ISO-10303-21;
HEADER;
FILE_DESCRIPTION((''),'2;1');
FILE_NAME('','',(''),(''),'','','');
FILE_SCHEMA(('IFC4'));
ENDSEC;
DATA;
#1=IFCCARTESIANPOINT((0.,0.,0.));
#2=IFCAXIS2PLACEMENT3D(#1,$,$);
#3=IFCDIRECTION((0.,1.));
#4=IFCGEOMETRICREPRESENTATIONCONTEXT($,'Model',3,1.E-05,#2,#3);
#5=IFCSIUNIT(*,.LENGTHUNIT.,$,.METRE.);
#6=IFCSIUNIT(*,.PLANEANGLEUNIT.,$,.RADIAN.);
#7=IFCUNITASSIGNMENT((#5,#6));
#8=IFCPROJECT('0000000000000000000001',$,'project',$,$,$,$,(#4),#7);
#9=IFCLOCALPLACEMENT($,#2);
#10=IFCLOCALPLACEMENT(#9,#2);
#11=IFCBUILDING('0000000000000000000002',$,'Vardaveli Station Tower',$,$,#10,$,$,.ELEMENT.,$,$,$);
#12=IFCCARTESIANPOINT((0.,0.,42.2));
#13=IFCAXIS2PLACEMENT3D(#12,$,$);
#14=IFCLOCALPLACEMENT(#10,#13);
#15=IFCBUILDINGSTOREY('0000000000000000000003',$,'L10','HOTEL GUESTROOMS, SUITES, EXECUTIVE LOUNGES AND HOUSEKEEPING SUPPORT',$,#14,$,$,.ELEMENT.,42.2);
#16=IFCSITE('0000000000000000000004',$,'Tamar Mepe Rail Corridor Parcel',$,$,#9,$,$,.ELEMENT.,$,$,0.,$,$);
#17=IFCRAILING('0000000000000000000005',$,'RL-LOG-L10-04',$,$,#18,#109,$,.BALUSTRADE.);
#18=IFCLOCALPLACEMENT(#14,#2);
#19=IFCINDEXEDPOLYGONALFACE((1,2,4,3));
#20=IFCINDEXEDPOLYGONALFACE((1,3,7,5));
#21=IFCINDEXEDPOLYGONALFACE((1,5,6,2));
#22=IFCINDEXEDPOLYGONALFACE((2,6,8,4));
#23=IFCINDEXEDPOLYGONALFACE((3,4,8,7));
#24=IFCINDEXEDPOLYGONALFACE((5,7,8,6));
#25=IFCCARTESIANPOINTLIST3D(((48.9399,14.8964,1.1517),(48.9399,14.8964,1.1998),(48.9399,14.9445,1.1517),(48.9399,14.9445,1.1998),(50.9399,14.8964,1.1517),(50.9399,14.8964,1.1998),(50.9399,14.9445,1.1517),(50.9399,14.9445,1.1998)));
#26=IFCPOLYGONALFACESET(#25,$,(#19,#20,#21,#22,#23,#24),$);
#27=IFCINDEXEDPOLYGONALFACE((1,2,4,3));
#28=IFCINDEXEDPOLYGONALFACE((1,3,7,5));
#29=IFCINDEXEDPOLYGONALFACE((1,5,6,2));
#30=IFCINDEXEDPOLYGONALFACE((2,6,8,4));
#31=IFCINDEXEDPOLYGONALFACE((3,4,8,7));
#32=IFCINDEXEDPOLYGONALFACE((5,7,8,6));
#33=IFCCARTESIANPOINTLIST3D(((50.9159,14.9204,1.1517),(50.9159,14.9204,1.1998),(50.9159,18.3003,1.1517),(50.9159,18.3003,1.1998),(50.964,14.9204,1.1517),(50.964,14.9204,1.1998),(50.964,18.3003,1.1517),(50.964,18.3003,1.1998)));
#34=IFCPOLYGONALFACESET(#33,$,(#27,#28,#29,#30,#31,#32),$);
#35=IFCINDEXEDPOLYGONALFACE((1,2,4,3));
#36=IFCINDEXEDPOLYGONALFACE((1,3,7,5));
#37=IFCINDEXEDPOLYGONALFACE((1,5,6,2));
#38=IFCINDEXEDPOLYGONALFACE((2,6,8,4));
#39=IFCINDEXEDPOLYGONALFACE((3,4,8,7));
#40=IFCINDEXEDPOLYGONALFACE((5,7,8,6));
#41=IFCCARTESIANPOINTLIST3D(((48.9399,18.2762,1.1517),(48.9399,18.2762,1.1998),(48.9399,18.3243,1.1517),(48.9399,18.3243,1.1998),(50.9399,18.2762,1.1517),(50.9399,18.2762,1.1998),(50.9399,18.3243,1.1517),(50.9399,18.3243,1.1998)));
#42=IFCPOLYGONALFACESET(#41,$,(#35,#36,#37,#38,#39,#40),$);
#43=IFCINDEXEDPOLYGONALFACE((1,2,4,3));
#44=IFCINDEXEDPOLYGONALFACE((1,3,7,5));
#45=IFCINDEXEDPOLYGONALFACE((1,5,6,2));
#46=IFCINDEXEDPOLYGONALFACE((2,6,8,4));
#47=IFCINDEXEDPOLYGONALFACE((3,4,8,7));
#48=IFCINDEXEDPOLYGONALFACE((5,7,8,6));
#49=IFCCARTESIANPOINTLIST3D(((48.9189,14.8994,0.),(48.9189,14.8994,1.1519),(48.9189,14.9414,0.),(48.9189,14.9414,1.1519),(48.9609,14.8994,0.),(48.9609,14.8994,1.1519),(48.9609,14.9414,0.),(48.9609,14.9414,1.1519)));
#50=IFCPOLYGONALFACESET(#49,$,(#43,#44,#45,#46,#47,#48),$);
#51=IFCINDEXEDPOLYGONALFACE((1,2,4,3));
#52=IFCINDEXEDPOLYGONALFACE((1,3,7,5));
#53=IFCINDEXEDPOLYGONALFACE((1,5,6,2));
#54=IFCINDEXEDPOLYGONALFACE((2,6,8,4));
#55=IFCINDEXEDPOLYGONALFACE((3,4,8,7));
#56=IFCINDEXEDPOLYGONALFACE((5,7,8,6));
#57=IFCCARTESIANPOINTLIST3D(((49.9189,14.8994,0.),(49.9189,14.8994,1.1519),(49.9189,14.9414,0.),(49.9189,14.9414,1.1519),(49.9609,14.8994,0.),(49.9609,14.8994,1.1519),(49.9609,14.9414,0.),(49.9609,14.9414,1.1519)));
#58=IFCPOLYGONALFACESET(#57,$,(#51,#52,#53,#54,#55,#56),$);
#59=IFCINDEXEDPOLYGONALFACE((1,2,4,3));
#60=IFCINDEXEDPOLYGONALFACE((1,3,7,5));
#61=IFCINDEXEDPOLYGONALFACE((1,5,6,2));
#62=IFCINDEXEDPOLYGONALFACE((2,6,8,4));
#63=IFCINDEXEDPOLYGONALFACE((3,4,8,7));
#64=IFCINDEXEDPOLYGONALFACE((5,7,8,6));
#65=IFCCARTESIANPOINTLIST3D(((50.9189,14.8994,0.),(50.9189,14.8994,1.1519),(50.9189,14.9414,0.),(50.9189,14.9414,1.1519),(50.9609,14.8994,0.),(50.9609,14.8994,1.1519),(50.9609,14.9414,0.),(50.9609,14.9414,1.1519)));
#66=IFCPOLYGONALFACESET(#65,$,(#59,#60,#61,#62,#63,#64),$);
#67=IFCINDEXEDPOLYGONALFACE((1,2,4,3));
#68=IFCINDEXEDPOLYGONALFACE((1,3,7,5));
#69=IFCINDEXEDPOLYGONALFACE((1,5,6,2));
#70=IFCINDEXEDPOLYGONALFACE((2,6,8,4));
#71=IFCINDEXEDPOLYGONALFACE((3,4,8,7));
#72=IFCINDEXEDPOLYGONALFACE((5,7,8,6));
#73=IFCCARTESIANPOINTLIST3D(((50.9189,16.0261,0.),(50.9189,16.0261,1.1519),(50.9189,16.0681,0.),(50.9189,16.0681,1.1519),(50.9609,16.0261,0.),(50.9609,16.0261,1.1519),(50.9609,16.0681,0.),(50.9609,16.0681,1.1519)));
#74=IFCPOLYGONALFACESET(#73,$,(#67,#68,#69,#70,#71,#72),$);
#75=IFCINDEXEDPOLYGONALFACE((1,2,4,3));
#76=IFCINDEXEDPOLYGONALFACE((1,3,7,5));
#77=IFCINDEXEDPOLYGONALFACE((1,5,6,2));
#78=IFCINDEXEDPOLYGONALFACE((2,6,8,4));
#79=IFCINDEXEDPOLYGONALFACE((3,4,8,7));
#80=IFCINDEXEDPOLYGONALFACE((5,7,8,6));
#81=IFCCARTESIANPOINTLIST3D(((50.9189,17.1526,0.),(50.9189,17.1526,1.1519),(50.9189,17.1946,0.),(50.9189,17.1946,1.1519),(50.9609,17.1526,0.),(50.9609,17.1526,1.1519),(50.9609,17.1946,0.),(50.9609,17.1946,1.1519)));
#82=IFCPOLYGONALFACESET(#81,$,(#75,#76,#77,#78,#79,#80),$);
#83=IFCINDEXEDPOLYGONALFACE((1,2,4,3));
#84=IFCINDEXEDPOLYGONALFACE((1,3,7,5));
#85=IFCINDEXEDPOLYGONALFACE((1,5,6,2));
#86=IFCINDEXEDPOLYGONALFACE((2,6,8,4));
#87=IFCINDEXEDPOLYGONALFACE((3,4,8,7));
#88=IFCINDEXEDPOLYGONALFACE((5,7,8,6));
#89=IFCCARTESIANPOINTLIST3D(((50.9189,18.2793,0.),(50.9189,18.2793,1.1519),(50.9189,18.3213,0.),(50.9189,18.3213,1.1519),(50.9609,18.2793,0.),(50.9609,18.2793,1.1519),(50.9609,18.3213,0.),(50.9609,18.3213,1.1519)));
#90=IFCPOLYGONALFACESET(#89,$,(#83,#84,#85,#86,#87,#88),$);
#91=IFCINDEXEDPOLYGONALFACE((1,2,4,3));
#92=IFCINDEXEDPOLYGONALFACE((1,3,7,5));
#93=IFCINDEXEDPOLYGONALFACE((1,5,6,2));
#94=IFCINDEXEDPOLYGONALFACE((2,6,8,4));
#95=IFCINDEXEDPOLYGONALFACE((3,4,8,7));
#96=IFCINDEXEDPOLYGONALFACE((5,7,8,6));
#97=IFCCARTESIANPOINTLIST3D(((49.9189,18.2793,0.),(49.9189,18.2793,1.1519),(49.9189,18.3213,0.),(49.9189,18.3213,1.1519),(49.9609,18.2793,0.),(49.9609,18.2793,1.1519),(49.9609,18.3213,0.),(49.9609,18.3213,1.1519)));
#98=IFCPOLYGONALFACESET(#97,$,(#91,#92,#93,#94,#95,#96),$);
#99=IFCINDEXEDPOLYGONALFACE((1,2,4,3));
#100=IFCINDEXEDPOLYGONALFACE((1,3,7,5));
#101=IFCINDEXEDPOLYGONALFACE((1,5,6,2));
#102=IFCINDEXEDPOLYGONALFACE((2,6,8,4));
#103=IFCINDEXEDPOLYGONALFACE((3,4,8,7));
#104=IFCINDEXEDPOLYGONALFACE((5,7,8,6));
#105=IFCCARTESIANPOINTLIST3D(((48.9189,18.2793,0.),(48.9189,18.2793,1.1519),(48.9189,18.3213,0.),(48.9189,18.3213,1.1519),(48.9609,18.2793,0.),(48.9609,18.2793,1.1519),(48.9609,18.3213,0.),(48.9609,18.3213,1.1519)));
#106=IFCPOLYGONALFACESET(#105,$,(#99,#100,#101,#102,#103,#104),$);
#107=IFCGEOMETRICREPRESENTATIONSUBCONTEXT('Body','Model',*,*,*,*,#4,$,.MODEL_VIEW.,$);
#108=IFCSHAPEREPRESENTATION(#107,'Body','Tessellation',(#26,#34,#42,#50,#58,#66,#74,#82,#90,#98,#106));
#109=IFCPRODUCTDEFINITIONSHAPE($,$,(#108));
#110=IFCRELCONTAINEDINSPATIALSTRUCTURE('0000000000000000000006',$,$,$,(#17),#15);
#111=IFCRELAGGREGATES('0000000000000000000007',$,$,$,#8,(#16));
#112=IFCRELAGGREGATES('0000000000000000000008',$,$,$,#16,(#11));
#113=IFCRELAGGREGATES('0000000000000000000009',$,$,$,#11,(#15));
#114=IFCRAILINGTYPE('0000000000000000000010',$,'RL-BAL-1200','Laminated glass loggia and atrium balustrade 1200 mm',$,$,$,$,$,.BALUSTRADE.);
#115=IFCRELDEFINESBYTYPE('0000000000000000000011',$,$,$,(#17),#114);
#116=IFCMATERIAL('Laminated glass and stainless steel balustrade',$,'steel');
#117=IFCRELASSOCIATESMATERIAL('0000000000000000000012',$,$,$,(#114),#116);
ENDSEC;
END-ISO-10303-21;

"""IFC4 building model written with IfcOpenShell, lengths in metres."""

from ifc_helpers import new_model, si_unit, direction, frame, origin, origin_2d, place, context, subcontext, project, spatial, rectangle, extrude, source, transform, mapped, material, type_object, element, save


model = new_model("IFC4")

# Units and contexts
model_context = context("Model", 3, precision=1e-05, world=origin(), true_north=direction((0.0, 1.0)))
body_context = subcontext(model_context, "Body", "Model", "MODEL_VIEW")
ifc_project = project(units=[si_unit("LENGTHUNIT", "METRE"), si_unit("PLANEANGLEUNIT", "RADIAN")], contexts=[model_context])

# Site, building, storey
site_placement = place(None, origin())
site = spatial("IfcSite", under=ifc_project, at=site_placement, Name="Tamar Mepe Rail Corridor Parcel", CompositionType="ELEMENT", RefElevation=0.0)
building_placement = place(site_placement, origin())
building = spatial("IfcBuilding", under=site, at=building_placement, Name="Vardaveli Station Tower", CompositionType="ELEMENT")
storey_placement = place(building_placement, frame((0.0, 0.0, 42.2)))
storey = spatial("IfcBuildingStorey", under=building, at=storey_placement, Name="L10", Description="HOTEL GUESTROOMS, SUITES, EXECUTIVE LOUNGES AND HOUSEKEEPING SUPPORT", CompositionType="ELEMENT", Elevation=42.2)

# Railing
ifc_material_1 = material(Name="Laminated glass and stainless steel balustrade", Category="steel")
railing_type = type_object("IfcRailingType", Name="RL-BAL-1200", Description="Laminated glass loggia and atrium balustrade 1200 mm", PredefinedType="BALUSTRADE", material=ifc_material_1)
shared_shape_1 = source(origin(), body_context, "Body", "SweptSolid", [
    extrude(rectangle(XDim=0.0481, YDim=0.0481, at=origin_2d()), frame((0.0, 0.0, 1.1758), z_axis=(1.0, 0.0, 0.0), x_axis=(0.0, 1.0, 0.0)), (0.0, 0.0, 1.0), 2.0),
    extrude(rectangle(XDim=0.0481, YDim=0.0481, at=origin_2d()), frame((2.0, 0.0, 1.1758), z_axis=(0.0, 1.0, 0.0), x_axis=(-1.0, 0.0, 0.0)), (0.0, 0.0, 1.0), 3.3799),
    extrude(rectangle(XDim=0.0481, YDim=0.0481, at=origin_2d()), frame((2.0, 3.3799, 1.1758), z_axis=(-1.0, 0.0, 0.0), x_axis=(0.0, -1.0, 0.0)), (0.0, 0.0, 1.0), 2.0),
    extrude(rectangle(XDim=0.042, YDim=0.042, at=origin_2d()), origin(), (0.0, 0.0, 1.0), 1.1519),
    extrude(rectangle(XDim=0.042, YDim=0.042, at=origin_2d()), frame((1.0, 0.0, 0.0)), (0.0, 0.0, 1.0), 1.1519),
    extrude(rectangle(XDim=0.042, YDim=0.042, at=origin_2d()), frame((2.0, 0.0, 0.0)), (0.0, 0.0, 1.0), 1.1519),
    extrude(rectangle(XDim=0.042, YDim=0.042, at=origin_2d()), frame((2.0, 1.1267, 0.0)), (0.0, 0.0, 1.0), 1.1519),
    extrude(rectangle(XDim=0.042, YDim=0.042, at=origin_2d()), frame((2.0, 2.2532, 0.0)), (0.0, 0.0, 1.0), 1.1519),
    extrude(rectangle(XDim=0.042, YDim=0.042, at=origin_2d()), frame((2.0, 3.3799, 0.0)), (0.0, 0.0, 1.0), 1.1519),
    extrude(rectangle(XDim=0.042, YDim=0.042, at=origin_2d()), frame((1.0, 3.3799, 0.0)), (0.0, 0.0, 1.0), 1.1519),
    extrude(rectangle(XDim=0.042, YDim=0.042, at=origin_2d()), frame((0.0, 3.3799, 0.0)), (0.0, 0.0, 1.0), 1.1519),
])
railing_placement = place(storey_placement, frame((48.9399, 14.9204, 0.0)))
element("IfcRailing", 1, at=railing_placement, inside=storey, type_object=railing_type, Name="RL-LOG-L10-04", PredefinedType="BALUSTRADE", context=body_context, shape_type="MappedRepresentation", body=[
    mapped(shared_shape_1, transform((0.0, 0.0, 0.0), scale=1.0)),
])

save(model, "model.ifc")
